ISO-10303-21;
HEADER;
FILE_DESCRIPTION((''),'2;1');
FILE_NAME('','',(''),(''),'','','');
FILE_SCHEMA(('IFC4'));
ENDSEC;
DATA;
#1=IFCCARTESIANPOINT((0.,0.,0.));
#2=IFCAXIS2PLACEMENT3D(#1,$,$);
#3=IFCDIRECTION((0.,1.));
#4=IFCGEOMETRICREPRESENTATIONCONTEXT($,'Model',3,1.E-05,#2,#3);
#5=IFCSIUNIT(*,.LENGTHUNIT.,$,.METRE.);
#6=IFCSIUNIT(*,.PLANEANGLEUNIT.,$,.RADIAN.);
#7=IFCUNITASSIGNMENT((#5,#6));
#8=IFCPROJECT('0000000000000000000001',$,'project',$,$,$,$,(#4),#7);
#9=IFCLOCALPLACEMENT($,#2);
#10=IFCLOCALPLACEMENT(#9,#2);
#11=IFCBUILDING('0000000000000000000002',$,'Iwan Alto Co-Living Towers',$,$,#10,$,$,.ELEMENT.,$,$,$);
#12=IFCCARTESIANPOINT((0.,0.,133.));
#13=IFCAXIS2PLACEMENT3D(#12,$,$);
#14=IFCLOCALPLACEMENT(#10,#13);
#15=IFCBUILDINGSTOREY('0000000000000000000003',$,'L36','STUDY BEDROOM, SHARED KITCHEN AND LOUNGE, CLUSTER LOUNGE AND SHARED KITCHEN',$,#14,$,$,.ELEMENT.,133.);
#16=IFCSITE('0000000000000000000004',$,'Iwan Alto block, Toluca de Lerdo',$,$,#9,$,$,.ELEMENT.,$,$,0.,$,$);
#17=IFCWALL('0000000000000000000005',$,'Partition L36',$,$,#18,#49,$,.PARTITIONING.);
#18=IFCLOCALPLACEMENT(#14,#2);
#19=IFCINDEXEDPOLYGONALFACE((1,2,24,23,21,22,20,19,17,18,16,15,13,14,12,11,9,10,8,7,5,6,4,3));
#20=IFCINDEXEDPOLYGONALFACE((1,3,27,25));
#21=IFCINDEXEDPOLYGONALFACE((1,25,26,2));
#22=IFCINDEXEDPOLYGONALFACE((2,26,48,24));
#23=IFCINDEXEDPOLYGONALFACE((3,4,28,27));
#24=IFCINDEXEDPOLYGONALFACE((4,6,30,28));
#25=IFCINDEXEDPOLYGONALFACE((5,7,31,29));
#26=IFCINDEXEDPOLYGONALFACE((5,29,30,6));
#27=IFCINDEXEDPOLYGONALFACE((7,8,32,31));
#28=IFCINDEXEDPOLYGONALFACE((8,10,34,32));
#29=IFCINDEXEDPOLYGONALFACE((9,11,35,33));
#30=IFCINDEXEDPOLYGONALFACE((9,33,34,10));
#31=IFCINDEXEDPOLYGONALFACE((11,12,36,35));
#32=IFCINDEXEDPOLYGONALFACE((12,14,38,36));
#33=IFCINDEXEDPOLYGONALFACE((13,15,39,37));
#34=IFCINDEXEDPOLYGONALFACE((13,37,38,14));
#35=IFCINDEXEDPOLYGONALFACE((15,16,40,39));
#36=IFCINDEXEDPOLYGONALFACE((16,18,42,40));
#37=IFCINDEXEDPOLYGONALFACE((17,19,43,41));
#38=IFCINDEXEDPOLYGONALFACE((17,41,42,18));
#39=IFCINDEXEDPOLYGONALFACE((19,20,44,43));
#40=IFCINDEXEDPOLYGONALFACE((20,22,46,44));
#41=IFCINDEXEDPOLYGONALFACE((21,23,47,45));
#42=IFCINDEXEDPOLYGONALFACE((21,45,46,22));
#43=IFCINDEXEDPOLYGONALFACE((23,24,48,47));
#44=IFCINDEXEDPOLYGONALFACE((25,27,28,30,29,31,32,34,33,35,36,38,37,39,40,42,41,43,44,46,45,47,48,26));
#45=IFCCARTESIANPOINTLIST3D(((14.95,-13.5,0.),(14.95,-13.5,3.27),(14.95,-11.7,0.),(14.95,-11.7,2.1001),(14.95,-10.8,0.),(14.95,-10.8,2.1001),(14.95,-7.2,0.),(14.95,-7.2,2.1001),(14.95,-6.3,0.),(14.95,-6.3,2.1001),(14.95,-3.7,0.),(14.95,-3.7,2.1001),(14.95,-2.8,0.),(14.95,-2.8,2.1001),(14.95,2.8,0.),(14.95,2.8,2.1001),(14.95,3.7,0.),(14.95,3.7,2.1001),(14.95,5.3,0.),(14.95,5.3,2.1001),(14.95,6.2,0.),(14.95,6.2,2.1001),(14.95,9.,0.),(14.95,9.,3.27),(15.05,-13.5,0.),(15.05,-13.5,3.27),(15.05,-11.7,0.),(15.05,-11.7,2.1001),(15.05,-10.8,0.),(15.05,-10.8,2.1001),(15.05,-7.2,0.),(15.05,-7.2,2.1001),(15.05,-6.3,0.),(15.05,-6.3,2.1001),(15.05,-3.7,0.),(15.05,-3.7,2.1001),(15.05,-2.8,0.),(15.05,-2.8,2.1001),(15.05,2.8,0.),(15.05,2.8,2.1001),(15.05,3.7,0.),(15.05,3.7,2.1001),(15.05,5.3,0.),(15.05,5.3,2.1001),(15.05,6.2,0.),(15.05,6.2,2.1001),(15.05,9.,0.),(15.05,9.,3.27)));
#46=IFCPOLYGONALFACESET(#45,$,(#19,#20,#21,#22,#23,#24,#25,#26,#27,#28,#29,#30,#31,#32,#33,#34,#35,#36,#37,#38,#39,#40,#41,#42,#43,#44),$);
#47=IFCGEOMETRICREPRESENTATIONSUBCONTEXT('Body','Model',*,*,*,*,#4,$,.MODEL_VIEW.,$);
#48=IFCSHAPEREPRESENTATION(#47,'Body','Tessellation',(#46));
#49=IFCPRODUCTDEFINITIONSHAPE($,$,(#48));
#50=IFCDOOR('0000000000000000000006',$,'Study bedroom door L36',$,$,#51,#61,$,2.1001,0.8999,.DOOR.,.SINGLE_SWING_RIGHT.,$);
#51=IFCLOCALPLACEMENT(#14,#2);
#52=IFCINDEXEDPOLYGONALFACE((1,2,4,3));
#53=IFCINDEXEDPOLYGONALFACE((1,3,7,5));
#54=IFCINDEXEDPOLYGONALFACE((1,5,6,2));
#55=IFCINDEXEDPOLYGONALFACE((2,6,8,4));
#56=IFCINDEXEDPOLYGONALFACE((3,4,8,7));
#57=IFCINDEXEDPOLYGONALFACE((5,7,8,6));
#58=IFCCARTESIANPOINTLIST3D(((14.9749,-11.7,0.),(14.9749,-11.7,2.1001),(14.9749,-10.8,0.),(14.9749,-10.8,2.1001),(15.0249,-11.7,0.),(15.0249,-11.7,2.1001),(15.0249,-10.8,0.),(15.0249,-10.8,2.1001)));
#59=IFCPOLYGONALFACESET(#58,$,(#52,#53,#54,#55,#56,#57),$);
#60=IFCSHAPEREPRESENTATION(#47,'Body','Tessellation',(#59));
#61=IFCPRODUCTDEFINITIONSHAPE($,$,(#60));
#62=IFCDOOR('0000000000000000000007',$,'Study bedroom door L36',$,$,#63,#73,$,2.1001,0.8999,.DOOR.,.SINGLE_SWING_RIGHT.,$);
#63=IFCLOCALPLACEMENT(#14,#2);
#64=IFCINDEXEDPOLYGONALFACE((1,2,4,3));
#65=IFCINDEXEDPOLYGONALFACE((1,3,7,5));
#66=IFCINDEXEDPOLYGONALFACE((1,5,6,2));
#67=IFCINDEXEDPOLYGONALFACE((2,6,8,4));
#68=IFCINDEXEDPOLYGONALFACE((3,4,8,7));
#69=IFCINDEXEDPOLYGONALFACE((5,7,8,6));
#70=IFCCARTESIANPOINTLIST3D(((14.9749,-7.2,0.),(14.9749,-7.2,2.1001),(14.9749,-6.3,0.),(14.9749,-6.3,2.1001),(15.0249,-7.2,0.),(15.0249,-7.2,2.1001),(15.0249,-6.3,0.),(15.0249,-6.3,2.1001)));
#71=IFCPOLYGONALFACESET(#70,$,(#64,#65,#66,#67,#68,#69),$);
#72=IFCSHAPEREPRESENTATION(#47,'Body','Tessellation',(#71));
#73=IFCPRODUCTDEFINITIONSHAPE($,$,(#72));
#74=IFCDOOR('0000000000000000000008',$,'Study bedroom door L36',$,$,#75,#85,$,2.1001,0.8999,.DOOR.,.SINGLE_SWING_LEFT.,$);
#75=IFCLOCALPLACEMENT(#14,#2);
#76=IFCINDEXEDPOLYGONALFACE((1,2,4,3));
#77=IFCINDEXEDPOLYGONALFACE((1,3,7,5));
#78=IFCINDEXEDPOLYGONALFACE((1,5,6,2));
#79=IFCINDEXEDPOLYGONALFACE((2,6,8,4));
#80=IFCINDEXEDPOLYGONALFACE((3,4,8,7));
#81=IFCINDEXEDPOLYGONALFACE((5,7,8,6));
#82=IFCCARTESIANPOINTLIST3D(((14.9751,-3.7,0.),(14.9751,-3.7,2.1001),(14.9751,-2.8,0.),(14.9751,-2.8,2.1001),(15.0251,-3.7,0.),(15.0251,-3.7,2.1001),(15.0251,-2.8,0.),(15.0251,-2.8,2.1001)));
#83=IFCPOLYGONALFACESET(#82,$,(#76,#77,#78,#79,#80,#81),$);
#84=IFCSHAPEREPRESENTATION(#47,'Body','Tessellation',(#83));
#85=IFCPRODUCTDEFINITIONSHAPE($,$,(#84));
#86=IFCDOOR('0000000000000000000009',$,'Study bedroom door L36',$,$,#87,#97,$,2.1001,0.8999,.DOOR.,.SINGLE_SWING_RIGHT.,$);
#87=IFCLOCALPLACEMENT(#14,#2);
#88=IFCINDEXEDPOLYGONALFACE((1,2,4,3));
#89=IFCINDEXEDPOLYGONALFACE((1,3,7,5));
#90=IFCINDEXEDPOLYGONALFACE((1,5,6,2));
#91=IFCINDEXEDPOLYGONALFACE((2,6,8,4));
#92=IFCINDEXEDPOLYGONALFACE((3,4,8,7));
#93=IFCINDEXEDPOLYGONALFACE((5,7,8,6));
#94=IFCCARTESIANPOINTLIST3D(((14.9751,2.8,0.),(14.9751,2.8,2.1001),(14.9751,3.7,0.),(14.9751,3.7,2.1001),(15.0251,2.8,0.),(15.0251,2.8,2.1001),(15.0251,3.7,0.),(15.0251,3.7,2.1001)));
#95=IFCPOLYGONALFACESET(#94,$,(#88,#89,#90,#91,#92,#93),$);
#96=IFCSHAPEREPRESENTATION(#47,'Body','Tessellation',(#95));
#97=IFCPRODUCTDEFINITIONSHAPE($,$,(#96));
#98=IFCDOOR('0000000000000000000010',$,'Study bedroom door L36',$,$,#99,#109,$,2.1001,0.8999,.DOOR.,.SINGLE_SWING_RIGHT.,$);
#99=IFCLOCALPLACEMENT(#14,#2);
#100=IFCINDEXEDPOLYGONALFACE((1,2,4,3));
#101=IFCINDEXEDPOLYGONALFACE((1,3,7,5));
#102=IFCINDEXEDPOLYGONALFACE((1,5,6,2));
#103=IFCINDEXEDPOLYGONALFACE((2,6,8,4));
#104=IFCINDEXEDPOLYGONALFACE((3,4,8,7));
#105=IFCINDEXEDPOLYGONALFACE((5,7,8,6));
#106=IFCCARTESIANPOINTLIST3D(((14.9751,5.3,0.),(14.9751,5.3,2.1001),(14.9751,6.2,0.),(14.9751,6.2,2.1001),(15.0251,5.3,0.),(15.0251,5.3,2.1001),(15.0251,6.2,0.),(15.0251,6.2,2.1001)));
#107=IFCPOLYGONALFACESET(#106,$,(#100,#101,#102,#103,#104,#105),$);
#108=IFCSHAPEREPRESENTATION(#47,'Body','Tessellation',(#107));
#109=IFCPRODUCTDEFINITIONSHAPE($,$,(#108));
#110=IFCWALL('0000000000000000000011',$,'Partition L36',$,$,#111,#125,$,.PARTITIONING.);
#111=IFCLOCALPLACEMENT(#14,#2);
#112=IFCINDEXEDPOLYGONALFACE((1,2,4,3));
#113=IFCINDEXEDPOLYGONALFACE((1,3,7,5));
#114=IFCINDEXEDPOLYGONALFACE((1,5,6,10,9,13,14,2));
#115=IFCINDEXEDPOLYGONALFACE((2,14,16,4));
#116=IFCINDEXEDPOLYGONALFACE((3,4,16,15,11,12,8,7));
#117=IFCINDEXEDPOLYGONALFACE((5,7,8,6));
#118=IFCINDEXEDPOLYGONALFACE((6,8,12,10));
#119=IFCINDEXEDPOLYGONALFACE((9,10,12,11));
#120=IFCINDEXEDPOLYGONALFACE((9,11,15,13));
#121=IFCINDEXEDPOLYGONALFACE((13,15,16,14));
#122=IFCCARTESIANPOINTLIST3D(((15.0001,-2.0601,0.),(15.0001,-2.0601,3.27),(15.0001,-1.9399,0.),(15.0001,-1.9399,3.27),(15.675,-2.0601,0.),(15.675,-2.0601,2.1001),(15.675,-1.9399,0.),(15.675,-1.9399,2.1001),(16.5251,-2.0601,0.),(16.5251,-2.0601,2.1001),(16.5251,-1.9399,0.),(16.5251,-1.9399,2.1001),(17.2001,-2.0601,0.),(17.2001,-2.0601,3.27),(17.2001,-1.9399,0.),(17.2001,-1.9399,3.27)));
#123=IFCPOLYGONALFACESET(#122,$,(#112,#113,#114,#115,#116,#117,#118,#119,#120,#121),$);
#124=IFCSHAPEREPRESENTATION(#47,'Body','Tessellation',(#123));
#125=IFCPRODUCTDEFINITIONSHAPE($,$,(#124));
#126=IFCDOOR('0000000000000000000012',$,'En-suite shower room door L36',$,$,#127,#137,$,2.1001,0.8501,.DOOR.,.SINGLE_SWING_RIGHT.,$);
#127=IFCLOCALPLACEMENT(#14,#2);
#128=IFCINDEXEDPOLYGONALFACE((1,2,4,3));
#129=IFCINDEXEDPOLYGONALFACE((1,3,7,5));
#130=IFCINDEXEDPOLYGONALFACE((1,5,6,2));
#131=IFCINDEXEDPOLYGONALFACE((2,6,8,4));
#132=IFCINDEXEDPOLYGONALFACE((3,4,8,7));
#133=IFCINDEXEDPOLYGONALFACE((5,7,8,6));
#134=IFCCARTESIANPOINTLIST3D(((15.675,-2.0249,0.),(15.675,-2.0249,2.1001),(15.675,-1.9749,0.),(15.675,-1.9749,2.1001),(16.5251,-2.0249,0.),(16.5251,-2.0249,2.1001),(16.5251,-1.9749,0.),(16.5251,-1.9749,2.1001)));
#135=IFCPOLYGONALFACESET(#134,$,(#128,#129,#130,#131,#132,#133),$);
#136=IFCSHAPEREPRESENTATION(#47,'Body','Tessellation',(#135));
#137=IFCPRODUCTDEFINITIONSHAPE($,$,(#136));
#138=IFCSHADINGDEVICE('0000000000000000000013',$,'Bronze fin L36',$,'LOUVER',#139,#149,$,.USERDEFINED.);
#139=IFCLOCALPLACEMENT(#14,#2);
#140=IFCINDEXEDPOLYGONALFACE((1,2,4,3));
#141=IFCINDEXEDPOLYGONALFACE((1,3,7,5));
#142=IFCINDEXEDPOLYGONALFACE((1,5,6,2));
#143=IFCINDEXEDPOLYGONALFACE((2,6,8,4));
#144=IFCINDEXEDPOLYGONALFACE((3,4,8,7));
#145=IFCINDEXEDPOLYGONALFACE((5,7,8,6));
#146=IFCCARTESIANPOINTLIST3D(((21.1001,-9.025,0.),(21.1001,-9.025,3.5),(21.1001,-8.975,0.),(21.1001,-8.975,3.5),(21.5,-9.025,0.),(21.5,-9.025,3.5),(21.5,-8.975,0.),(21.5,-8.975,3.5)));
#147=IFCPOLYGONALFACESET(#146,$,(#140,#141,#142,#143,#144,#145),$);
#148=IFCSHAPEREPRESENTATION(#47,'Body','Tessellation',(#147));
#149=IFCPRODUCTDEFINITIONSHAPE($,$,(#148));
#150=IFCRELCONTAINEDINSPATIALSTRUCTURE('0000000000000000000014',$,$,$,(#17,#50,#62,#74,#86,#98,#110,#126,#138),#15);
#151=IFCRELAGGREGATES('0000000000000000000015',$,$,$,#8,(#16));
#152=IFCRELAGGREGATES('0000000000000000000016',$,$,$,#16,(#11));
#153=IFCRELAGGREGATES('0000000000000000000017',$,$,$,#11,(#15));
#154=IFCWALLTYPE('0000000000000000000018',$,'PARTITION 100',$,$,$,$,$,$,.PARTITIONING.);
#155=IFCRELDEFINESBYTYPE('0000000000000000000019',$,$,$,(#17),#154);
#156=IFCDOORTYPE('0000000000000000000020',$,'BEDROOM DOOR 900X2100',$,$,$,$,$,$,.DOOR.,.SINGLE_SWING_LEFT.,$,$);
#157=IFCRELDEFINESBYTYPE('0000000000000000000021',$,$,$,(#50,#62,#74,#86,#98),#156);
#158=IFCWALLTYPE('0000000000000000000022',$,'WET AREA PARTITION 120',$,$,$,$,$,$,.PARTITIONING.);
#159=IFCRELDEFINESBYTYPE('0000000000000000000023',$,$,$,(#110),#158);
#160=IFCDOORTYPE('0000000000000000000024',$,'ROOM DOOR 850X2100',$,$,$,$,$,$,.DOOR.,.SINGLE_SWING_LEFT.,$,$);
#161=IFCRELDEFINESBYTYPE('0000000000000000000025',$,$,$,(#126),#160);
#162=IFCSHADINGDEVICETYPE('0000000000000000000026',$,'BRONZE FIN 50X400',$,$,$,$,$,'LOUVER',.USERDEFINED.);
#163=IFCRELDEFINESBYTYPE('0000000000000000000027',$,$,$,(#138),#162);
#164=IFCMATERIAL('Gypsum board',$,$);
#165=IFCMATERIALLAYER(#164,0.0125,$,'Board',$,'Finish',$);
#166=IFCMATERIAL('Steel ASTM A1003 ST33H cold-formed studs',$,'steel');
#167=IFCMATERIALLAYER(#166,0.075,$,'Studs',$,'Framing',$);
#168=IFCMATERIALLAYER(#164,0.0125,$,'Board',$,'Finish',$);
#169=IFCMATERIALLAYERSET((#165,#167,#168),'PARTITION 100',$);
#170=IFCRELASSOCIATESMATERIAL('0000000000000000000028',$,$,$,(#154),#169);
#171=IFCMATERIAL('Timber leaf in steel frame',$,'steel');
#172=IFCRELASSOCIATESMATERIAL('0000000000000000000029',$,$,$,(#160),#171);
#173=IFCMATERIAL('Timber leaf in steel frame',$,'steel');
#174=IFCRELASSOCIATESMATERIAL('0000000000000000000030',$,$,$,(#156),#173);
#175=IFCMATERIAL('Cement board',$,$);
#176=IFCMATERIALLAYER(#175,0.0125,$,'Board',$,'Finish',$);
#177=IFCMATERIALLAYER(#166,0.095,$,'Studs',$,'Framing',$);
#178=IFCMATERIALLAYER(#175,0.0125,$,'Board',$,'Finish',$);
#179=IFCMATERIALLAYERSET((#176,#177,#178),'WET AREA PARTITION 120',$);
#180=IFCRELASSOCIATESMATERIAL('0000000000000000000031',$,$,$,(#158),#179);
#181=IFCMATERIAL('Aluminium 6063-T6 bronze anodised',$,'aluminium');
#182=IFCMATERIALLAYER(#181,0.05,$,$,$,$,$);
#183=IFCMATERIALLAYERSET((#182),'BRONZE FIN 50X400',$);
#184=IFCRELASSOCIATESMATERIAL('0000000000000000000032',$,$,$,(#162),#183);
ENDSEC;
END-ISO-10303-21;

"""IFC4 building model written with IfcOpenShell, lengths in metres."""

from ifc_helpers import new_model, si_unit, direction, frame, frame_2d, origin, origin_2d, place, context, subcontext, project, spatial, rectangle, extrude, material, layer, layer_set, type_object, element, fill, save


model = new_model("IFC4")

# Units and contexts
model_context = context("Model", 3, precision=1e-05, world=origin(), true_north=direction((0.0, 1.0)))
body_context = subcontext(model_context, "Body", "Model", "MODEL_VIEW")
ifc_project = project(units=[si_unit("LENGTHUNIT", "METRE"), si_unit("PLANEANGLEUNIT", "RADIAN")], contexts=[model_context])

# Site, building, storey
site_placement = place(None, origin())
site = spatial("IfcSite", under=ifc_project, at=site_placement, Name="Iwan Alto block, Toluca de Lerdo", CompositionType="ELEMENT", RefElevation=0.0)
building_placement = place(site_placement, origin())
building = spatial("IfcBuilding", under=site, at=building_placement, Name="Iwan Alto Co-Living Towers", CompositionType="ELEMENT")
storey_placement = place(building_placement, frame((0.0, 0.0, 133.0)))
storey = spatial("IfcBuildingStorey", under=building, at=storey_placement, Name="L36", Description="STUDY BEDROOM, SHARED KITCHEN AND LOUNGE, CLUSTER LOUNGE AND SHARED KITCHEN", CompositionType="ELEMENT", Elevation=133.0)

# Shared definitions
ifc_material_1 = material(Name="Gypsum board")
ifc_material_2 = material(Name="Steel ASTM A1003 ST33H cold-formed studs", Category="steel")

# Shared definitions
ifc_layer_1 = layer(ifc_material_1, 0.0125, Name="Board", Category="Finish")
ifc_layer_2 = layer(ifc_material_2, 0.075, Name="Studs", Category="Framing")
ifc_layer_3 = layer(ifc_material_1, 0.0125, Name="Board", Category="Finish")
ifc_layer_set_1 = layer_set([ifc_layer_1, ifc_layer_2, ifc_layer_3], Name="PARTITION 100")
wall_type_1 = type_object("IfcWallType", Name="PARTITION 100", PredefinedType="PARTITIONING", material=ifc_layer_set_1)
ifc_material_3 = material(Name="Timber leaf in steel frame", Category="steel")
door_type_1 = type_object("IfcDoorType", Name="ROOM DOOR 850X2100", OperationType="SINGLE_SWING_LEFT", PredefinedType="DOOR", material=ifc_material_3)

# Wall, openings, doors
wall_1_placement = place(storey_placement, frame((15.0, -13.5, 0.0), z_axis=(0.0, 0.0, 1.0), x_axis=(0.0, 1.0, 0.0)))
wall_1 = element("IfcWall", 1, at=wall_1_placement, inside=storey, type_object=wall_type_1, Name="Partition L36", PredefinedType="PARTITIONING", context=body_context, shape_type="SweptSolid", body=[
    extrude(rectangle(XDim=22.5, YDim=0.1001, at=frame_2d((11.25, 0.0))), origin(), (0.0, 0.0, 1.0), 3.27),
])
opening_1_placement = place(wall_1_placement, frame((1.8, 0.0, 0.0)))
opening_1 = element("IfcOpeningElement", 2, at=opening_1_placement, cuts=wall_1, PredefinedType="OPENING", context=body_context, shape_type="SweptSolid", body=[
    extrude(rectangle(XDim=0.8999, YDim=2.1001, at=frame_2d((0.45, 1.05))), frame((0.0, 0.0601, 0.0), z_axis=(0.0, -1.0, 0.0), x_axis=(1.0, 0.0, 0.0)), (0.0, 0.0, 1.0), 0.1201),
])
opening_2_placement = place(wall_1_placement, frame((6.3, 0.0, 0.0)))
opening_2 = element("IfcOpeningElement", 3, at=opening_2_placement, cuts=wall_1, PredefinedType="OPENING", context=body_context, shape_type="SweptSolid", body=[
    extrude(rectangle(XDim=0.8999, YDim=2.1001, at=frame_2d((0.45, 1.05))), frame((0.0, 0.0601, 0.0), z_axis=(0.0, -1.0, 0.0), x_axis=(1.0, 0.0, 0.0)), (0.0, 0.0, 1.0), 0.1201),
])
opening_3_placement = place(wall_1_placement, frame((9.8, 0.0, 0.0)))
opening_3 = element("IfcOpeningElement", 4, at=opening_3_placement, cuts=wall_1, PredefinedType="OPENING", context=body_context, shape_type="SweptSolid", body=[
    extrude(rectangle(XDim=0.8999, YDim=2.1001, at=frame_2d((0.45, 1.05))), frame((0.0, 0.0601, 0.0), z_axis=(0.0, -1.0, 0.0), x_axis=(1.0, 0.0, 0.0)), (0.0, 0.0, 1.0), 0.1201),
])
opening_4_placement = place(wall_1_placement, frame((16.3, 0.0, 0.0)))
opening_4 = element("IfcOpeningElement", 5, at=opening_4_placement, cuts=wall_1, PredefinedType="OPENING", context=body_context, shape_type="SweptSolid", body=[
    extrude(rectangle(XDim=0.8999, YDim=2.1001, at=frame_2d((0.45, 1.05))), frame((0.0, 0.0601, 0.0), z_axis=(0.0, -1.0, 0.0), x_axis=(1.0, 0.0, 0.0)), (0.0, 0.0, 1.0), 0.1201),
])
opening_5_placement = place(wall_1_placement, frame((18.8, 0.0, 0.0)))
opening_5 = element("IfcOpeningElement", 6, at=opening_5_placement, cuts=wall_1, PredefinedType="OPENING", context=body_context, shape_type="SweptSolid", body=[
    extrude(rectangle(XDim=0.8999, YDim=2.1001, at=frame_2d((0.45, 1.05))), frame((0.0, 0.0601, 0.0), z_axis=(0.0, -1.0, 0.0), x_axis=(1.0, 0.0, 0.0)), (0.0, 0.0, 1.0), 0.1201),
])
ifc_material_4 = material(Name="Timber leaf in steel frame", Category="steel")
door_type_2 = type_object("IfcDoorType", Name="BEDROOM DOOR 900X2100", OperationType="SINGLE_SWING_LEFT", PredefinedType="DOOR", material=ifc_material_4)
door_1_placement = place(opening_1_placement, frame((0.8999, 0.0, 0.0), z_axis=(0.0, 0.0, 1.0), x_axis=(-1.0, 0.0, 0.0)))
door_1 = element("IfcDoor", 7, at=door_1_placement, inside=storey, type_object=door_type_2, Name="Study bedroom door L36", OperationType="SINGLE_SWING_RIGHT", OverallHeight=2.1001, OverallWidth=0.8999, PredefinedType="DOOR", context=body_context, shape_type="SweptSolid", body=[
    extrude(rectangle(XDim=0.8999, YDim=2.1001, at=frame_2d((0.45, 1.05))), frame((0.0, 0.0249, 0.0), z_axis=(0.0, -1.0, 0.0), x_axis=(1.0, 0.0, 0.0)), (0.0, 0.0, 1.0), 0.05),
])
fill(opening_1, door_1)
door_2_placement = place(opening_2_placement, frame((0.8999, 0.0, 0.0), z_axis=(0.0, 0.0, 1.0), x_axis=(-1.0, 0.0, 0.0)))
door_2 = element("IfcDoor", 8, at=door_2_placement, inside=storey, type_object=door_type_2, Name="Study bedroom door L36", OperationType="SINGLE_SWING_RIGHT", OverallHeight=2.1001, OverallWidth=0.8999, PredefinedType="DOOR", context=body_context, shape_type="SweptSolid", body=[
    extrude(rectangle(XDim=0.8999, YDim=2.1001, at=frame_2d((0.45, 1.05))), frame((0.0, 0.0249, 0.0), z_axis=(0.0, -1.0, 0.0), x_axis=(1.0, 0.0, 0.0)), (0.0, 0.0, 1.0), 0.05),
])
fill(opening_2, door_2)
door_3_placement = place(opening_3_placement, origin())
door_3 = element("IfcDoor", 9, at=door_3_placement, inside=storey, type_object=door_type_2, Name="Study bedroom door L36", OperationType="SINGLE_SWING_LEFT", OverallHeight=2.1001, OverallWidth=0.8999, PredefinedType="DOOR", context=body_context, shape_type="SweptSolid", body=[
    extrude(rectangle(XDim=0.8999, YDim=2.1001, at=frame_2d((0.45, 1.05))), frame((0.0, 0.0249, 0.0), z_axis=(0.0, -1.0, 0.0), x_axis=(1.0, 0.0, 0.0)), (0.0, 0.0, 1.0), 0.05),
])
fill(opening_3, door_3)
door_4_placement = place(opening_4_placement, origin())
door_4 = element("IfcDoor", 10, at=door_4_placement, inside=storey, type_object=door_type_2, Name="Study bedroom door L36", OperationType="SINGLE_SWING_RIGHT", OverallHeight=2.1001, OverallWidth=0.8999, PredefinedType="DOOR", context=body_context, shape_type="SweptSolid", body=[
    extrude(rectangle(XDim=0.8999, YDim=2.1001, at=frame_2d((0.45, 1.05))), frame((0.0, 0.0249, 0.0), z_axis=(0.0, -1.0, 0.0), x_axis=(1.0, 0.0, 0.0)), (0.0, 0.0, 1.0), 0.05),
])
fill(opening_4, door_4)
door_5_placement = place(opening_5_placement, origin())
door_5 = element("IfcDoor", 11, at=door_5_placement, inside=storey, type_object=door_type_2, Name="Study bedroom door L36", OperationType="SINGLE_SWING_RIGHT", OverallHeight=2.1001, OverallWidth=0.8999, PredefinedType="DOOR", context=body_context, shape_type="SweptSolid", body=[
    extrude(rectangle(XDim=0.8999, YDim=2.1001, at=frame_2d((0.45, 1.05))), frame((0.0, 0.0249, 0.0), z_axis=(0.0, -1.0, 0.0), x_axis=(1.0, 0.0, 0.0)), (0.0, 0.0, 1.0), 0.05),
])
fill(opening_5, door_5)

# Wall, opening, door
ifc_material_5 = material(Name="Cement board")
ifc_layer_4 = layer(ifc_material_5, 0.0125, Name="Board", Category="Finish")
ifc_layer_5 = layer(ifc_material_2, 0.095, Name="Studs", Category="Framing")
ifc_layer_6 = layer(ifc_material_5, 0.0125, Name="Board", Category="Finish")
ifc_layer_set_2 = layer_set([ifc_layer_4, ifc_layer_5, ifc_layer_6], Name="WET AREA PARTITION 120")
wall_type_2 = type_object("IfcWallType", Name="WET AREA PARTITION 120", PredefinedType="PARTITIONING", material=ifc_layer_set_2)
wall_2_placement = place(storey_placement, frame((15.0, -2.0, 0.0), z_axis=(0.0, 0.0, 1.0), x_axis=(1.0, 0.0, 0.0)))
wall_2 = element("IfcWall", 12, at=wall_2_placement, inside=storey, type_object=wall_type_2, Name="Partition L36", PredefinedType="PARTITIONING", context=body_context, shape_type="SweptSolid", body=[
    extrude(rectangle(XDim=2.2, YDim=0.1201, at=frame_2d((1.1001, 0.0))), origin(), (0.0, 0.0, 1.0), 3.27),
])
opening_6_placement = place(wall_2_placement, frame((0.675, 0.0, 0.0)))
opening_6 = element("IfcOpeningElement", 13, at=opening_6_placement, cuts=wall_2, PredefinedType="OPENING", context=body_context, shape_type="SweptSolid", body=[
    extrude(rectangle(XDim=0.8501, YDim=2.1001, at=frame_2d((0.425, 1.05))), frame((0.0, 0.0701, 0.0), z_axis=(0.0, -1.0, 0.0), x_axis=(1.0, 0.0, 0.0)), (0.0, 0.0, 1.0), 0.1401),
])
door_6_placement = place(opening_6_placement, frame((0.8501, 0.0, 0.0), z_axis=(0.0, 0.0, 1.0), x_axis=(-1.0, 0.0, 0.0)))
door_6 = element("IfcDoor", 14, at=door_6_placement, inside=storey, type_object=door_type_1, Name="En-suite shower room door L36", OperationType="SINGLE_SWING_RIGHT", OverallHeight=2.1001, OverallWidth=0.8501, PredefinedType="DOOR", context=body_context, shape_type="SweptSolid", body=[
    extrude(rectangle(XDim=0.8501, YDim=2.1001, at=frame_2d((0.425, 1.05))), frame((0.0, 0.0249, 0.0), z_axis=(0.0, -1.0, 0.0), x_axis=(1.0, 0.0, 0.0)), (0.0, 0.0, 1.0), 0.05),
])
fill(opening_6, door_6)

# Shading device
ifc_material_6 = material(Name="Aluminium 6063-T6 bronze anodised", Category="aluminium")
ifc_layer_7 = layer(ifc_material_6, 0.05)
ifc_layer_set_3 = layer_set([ifc_layer_7], Name="BRONZE FIN 50X400")
shading_device_type = type_object("IfcShadingDeviceType", Name="BRONZE FIN 50X400", ElementType="LOUVER", PredefinedType="USERDEFINED", material=ifc_layer_set_3)
shading_device_placement = place(storey_placement, frame((21.3, -9.0, 0.0), z_axis=(0.0, 0.0, 1.0), x_axis=(0.0, 1.0, 0.0)))
element("IfcShadingDevice", 15, at=shading_device_placement, inside=storey, type_object=shading_device_type, Name="Bronze fin L36", ObjectType="LOUVER", PredefinedType="USERDEFINED", context=body_context, shape_type="SweptSolid", body=[
    extrude(rectangle(XDim=0.05, YDim=0.3999, at=origin_2d()), origin(), (0.0, 0.0, 1.0), 3.5),
])

save(model, "model.ifc")
